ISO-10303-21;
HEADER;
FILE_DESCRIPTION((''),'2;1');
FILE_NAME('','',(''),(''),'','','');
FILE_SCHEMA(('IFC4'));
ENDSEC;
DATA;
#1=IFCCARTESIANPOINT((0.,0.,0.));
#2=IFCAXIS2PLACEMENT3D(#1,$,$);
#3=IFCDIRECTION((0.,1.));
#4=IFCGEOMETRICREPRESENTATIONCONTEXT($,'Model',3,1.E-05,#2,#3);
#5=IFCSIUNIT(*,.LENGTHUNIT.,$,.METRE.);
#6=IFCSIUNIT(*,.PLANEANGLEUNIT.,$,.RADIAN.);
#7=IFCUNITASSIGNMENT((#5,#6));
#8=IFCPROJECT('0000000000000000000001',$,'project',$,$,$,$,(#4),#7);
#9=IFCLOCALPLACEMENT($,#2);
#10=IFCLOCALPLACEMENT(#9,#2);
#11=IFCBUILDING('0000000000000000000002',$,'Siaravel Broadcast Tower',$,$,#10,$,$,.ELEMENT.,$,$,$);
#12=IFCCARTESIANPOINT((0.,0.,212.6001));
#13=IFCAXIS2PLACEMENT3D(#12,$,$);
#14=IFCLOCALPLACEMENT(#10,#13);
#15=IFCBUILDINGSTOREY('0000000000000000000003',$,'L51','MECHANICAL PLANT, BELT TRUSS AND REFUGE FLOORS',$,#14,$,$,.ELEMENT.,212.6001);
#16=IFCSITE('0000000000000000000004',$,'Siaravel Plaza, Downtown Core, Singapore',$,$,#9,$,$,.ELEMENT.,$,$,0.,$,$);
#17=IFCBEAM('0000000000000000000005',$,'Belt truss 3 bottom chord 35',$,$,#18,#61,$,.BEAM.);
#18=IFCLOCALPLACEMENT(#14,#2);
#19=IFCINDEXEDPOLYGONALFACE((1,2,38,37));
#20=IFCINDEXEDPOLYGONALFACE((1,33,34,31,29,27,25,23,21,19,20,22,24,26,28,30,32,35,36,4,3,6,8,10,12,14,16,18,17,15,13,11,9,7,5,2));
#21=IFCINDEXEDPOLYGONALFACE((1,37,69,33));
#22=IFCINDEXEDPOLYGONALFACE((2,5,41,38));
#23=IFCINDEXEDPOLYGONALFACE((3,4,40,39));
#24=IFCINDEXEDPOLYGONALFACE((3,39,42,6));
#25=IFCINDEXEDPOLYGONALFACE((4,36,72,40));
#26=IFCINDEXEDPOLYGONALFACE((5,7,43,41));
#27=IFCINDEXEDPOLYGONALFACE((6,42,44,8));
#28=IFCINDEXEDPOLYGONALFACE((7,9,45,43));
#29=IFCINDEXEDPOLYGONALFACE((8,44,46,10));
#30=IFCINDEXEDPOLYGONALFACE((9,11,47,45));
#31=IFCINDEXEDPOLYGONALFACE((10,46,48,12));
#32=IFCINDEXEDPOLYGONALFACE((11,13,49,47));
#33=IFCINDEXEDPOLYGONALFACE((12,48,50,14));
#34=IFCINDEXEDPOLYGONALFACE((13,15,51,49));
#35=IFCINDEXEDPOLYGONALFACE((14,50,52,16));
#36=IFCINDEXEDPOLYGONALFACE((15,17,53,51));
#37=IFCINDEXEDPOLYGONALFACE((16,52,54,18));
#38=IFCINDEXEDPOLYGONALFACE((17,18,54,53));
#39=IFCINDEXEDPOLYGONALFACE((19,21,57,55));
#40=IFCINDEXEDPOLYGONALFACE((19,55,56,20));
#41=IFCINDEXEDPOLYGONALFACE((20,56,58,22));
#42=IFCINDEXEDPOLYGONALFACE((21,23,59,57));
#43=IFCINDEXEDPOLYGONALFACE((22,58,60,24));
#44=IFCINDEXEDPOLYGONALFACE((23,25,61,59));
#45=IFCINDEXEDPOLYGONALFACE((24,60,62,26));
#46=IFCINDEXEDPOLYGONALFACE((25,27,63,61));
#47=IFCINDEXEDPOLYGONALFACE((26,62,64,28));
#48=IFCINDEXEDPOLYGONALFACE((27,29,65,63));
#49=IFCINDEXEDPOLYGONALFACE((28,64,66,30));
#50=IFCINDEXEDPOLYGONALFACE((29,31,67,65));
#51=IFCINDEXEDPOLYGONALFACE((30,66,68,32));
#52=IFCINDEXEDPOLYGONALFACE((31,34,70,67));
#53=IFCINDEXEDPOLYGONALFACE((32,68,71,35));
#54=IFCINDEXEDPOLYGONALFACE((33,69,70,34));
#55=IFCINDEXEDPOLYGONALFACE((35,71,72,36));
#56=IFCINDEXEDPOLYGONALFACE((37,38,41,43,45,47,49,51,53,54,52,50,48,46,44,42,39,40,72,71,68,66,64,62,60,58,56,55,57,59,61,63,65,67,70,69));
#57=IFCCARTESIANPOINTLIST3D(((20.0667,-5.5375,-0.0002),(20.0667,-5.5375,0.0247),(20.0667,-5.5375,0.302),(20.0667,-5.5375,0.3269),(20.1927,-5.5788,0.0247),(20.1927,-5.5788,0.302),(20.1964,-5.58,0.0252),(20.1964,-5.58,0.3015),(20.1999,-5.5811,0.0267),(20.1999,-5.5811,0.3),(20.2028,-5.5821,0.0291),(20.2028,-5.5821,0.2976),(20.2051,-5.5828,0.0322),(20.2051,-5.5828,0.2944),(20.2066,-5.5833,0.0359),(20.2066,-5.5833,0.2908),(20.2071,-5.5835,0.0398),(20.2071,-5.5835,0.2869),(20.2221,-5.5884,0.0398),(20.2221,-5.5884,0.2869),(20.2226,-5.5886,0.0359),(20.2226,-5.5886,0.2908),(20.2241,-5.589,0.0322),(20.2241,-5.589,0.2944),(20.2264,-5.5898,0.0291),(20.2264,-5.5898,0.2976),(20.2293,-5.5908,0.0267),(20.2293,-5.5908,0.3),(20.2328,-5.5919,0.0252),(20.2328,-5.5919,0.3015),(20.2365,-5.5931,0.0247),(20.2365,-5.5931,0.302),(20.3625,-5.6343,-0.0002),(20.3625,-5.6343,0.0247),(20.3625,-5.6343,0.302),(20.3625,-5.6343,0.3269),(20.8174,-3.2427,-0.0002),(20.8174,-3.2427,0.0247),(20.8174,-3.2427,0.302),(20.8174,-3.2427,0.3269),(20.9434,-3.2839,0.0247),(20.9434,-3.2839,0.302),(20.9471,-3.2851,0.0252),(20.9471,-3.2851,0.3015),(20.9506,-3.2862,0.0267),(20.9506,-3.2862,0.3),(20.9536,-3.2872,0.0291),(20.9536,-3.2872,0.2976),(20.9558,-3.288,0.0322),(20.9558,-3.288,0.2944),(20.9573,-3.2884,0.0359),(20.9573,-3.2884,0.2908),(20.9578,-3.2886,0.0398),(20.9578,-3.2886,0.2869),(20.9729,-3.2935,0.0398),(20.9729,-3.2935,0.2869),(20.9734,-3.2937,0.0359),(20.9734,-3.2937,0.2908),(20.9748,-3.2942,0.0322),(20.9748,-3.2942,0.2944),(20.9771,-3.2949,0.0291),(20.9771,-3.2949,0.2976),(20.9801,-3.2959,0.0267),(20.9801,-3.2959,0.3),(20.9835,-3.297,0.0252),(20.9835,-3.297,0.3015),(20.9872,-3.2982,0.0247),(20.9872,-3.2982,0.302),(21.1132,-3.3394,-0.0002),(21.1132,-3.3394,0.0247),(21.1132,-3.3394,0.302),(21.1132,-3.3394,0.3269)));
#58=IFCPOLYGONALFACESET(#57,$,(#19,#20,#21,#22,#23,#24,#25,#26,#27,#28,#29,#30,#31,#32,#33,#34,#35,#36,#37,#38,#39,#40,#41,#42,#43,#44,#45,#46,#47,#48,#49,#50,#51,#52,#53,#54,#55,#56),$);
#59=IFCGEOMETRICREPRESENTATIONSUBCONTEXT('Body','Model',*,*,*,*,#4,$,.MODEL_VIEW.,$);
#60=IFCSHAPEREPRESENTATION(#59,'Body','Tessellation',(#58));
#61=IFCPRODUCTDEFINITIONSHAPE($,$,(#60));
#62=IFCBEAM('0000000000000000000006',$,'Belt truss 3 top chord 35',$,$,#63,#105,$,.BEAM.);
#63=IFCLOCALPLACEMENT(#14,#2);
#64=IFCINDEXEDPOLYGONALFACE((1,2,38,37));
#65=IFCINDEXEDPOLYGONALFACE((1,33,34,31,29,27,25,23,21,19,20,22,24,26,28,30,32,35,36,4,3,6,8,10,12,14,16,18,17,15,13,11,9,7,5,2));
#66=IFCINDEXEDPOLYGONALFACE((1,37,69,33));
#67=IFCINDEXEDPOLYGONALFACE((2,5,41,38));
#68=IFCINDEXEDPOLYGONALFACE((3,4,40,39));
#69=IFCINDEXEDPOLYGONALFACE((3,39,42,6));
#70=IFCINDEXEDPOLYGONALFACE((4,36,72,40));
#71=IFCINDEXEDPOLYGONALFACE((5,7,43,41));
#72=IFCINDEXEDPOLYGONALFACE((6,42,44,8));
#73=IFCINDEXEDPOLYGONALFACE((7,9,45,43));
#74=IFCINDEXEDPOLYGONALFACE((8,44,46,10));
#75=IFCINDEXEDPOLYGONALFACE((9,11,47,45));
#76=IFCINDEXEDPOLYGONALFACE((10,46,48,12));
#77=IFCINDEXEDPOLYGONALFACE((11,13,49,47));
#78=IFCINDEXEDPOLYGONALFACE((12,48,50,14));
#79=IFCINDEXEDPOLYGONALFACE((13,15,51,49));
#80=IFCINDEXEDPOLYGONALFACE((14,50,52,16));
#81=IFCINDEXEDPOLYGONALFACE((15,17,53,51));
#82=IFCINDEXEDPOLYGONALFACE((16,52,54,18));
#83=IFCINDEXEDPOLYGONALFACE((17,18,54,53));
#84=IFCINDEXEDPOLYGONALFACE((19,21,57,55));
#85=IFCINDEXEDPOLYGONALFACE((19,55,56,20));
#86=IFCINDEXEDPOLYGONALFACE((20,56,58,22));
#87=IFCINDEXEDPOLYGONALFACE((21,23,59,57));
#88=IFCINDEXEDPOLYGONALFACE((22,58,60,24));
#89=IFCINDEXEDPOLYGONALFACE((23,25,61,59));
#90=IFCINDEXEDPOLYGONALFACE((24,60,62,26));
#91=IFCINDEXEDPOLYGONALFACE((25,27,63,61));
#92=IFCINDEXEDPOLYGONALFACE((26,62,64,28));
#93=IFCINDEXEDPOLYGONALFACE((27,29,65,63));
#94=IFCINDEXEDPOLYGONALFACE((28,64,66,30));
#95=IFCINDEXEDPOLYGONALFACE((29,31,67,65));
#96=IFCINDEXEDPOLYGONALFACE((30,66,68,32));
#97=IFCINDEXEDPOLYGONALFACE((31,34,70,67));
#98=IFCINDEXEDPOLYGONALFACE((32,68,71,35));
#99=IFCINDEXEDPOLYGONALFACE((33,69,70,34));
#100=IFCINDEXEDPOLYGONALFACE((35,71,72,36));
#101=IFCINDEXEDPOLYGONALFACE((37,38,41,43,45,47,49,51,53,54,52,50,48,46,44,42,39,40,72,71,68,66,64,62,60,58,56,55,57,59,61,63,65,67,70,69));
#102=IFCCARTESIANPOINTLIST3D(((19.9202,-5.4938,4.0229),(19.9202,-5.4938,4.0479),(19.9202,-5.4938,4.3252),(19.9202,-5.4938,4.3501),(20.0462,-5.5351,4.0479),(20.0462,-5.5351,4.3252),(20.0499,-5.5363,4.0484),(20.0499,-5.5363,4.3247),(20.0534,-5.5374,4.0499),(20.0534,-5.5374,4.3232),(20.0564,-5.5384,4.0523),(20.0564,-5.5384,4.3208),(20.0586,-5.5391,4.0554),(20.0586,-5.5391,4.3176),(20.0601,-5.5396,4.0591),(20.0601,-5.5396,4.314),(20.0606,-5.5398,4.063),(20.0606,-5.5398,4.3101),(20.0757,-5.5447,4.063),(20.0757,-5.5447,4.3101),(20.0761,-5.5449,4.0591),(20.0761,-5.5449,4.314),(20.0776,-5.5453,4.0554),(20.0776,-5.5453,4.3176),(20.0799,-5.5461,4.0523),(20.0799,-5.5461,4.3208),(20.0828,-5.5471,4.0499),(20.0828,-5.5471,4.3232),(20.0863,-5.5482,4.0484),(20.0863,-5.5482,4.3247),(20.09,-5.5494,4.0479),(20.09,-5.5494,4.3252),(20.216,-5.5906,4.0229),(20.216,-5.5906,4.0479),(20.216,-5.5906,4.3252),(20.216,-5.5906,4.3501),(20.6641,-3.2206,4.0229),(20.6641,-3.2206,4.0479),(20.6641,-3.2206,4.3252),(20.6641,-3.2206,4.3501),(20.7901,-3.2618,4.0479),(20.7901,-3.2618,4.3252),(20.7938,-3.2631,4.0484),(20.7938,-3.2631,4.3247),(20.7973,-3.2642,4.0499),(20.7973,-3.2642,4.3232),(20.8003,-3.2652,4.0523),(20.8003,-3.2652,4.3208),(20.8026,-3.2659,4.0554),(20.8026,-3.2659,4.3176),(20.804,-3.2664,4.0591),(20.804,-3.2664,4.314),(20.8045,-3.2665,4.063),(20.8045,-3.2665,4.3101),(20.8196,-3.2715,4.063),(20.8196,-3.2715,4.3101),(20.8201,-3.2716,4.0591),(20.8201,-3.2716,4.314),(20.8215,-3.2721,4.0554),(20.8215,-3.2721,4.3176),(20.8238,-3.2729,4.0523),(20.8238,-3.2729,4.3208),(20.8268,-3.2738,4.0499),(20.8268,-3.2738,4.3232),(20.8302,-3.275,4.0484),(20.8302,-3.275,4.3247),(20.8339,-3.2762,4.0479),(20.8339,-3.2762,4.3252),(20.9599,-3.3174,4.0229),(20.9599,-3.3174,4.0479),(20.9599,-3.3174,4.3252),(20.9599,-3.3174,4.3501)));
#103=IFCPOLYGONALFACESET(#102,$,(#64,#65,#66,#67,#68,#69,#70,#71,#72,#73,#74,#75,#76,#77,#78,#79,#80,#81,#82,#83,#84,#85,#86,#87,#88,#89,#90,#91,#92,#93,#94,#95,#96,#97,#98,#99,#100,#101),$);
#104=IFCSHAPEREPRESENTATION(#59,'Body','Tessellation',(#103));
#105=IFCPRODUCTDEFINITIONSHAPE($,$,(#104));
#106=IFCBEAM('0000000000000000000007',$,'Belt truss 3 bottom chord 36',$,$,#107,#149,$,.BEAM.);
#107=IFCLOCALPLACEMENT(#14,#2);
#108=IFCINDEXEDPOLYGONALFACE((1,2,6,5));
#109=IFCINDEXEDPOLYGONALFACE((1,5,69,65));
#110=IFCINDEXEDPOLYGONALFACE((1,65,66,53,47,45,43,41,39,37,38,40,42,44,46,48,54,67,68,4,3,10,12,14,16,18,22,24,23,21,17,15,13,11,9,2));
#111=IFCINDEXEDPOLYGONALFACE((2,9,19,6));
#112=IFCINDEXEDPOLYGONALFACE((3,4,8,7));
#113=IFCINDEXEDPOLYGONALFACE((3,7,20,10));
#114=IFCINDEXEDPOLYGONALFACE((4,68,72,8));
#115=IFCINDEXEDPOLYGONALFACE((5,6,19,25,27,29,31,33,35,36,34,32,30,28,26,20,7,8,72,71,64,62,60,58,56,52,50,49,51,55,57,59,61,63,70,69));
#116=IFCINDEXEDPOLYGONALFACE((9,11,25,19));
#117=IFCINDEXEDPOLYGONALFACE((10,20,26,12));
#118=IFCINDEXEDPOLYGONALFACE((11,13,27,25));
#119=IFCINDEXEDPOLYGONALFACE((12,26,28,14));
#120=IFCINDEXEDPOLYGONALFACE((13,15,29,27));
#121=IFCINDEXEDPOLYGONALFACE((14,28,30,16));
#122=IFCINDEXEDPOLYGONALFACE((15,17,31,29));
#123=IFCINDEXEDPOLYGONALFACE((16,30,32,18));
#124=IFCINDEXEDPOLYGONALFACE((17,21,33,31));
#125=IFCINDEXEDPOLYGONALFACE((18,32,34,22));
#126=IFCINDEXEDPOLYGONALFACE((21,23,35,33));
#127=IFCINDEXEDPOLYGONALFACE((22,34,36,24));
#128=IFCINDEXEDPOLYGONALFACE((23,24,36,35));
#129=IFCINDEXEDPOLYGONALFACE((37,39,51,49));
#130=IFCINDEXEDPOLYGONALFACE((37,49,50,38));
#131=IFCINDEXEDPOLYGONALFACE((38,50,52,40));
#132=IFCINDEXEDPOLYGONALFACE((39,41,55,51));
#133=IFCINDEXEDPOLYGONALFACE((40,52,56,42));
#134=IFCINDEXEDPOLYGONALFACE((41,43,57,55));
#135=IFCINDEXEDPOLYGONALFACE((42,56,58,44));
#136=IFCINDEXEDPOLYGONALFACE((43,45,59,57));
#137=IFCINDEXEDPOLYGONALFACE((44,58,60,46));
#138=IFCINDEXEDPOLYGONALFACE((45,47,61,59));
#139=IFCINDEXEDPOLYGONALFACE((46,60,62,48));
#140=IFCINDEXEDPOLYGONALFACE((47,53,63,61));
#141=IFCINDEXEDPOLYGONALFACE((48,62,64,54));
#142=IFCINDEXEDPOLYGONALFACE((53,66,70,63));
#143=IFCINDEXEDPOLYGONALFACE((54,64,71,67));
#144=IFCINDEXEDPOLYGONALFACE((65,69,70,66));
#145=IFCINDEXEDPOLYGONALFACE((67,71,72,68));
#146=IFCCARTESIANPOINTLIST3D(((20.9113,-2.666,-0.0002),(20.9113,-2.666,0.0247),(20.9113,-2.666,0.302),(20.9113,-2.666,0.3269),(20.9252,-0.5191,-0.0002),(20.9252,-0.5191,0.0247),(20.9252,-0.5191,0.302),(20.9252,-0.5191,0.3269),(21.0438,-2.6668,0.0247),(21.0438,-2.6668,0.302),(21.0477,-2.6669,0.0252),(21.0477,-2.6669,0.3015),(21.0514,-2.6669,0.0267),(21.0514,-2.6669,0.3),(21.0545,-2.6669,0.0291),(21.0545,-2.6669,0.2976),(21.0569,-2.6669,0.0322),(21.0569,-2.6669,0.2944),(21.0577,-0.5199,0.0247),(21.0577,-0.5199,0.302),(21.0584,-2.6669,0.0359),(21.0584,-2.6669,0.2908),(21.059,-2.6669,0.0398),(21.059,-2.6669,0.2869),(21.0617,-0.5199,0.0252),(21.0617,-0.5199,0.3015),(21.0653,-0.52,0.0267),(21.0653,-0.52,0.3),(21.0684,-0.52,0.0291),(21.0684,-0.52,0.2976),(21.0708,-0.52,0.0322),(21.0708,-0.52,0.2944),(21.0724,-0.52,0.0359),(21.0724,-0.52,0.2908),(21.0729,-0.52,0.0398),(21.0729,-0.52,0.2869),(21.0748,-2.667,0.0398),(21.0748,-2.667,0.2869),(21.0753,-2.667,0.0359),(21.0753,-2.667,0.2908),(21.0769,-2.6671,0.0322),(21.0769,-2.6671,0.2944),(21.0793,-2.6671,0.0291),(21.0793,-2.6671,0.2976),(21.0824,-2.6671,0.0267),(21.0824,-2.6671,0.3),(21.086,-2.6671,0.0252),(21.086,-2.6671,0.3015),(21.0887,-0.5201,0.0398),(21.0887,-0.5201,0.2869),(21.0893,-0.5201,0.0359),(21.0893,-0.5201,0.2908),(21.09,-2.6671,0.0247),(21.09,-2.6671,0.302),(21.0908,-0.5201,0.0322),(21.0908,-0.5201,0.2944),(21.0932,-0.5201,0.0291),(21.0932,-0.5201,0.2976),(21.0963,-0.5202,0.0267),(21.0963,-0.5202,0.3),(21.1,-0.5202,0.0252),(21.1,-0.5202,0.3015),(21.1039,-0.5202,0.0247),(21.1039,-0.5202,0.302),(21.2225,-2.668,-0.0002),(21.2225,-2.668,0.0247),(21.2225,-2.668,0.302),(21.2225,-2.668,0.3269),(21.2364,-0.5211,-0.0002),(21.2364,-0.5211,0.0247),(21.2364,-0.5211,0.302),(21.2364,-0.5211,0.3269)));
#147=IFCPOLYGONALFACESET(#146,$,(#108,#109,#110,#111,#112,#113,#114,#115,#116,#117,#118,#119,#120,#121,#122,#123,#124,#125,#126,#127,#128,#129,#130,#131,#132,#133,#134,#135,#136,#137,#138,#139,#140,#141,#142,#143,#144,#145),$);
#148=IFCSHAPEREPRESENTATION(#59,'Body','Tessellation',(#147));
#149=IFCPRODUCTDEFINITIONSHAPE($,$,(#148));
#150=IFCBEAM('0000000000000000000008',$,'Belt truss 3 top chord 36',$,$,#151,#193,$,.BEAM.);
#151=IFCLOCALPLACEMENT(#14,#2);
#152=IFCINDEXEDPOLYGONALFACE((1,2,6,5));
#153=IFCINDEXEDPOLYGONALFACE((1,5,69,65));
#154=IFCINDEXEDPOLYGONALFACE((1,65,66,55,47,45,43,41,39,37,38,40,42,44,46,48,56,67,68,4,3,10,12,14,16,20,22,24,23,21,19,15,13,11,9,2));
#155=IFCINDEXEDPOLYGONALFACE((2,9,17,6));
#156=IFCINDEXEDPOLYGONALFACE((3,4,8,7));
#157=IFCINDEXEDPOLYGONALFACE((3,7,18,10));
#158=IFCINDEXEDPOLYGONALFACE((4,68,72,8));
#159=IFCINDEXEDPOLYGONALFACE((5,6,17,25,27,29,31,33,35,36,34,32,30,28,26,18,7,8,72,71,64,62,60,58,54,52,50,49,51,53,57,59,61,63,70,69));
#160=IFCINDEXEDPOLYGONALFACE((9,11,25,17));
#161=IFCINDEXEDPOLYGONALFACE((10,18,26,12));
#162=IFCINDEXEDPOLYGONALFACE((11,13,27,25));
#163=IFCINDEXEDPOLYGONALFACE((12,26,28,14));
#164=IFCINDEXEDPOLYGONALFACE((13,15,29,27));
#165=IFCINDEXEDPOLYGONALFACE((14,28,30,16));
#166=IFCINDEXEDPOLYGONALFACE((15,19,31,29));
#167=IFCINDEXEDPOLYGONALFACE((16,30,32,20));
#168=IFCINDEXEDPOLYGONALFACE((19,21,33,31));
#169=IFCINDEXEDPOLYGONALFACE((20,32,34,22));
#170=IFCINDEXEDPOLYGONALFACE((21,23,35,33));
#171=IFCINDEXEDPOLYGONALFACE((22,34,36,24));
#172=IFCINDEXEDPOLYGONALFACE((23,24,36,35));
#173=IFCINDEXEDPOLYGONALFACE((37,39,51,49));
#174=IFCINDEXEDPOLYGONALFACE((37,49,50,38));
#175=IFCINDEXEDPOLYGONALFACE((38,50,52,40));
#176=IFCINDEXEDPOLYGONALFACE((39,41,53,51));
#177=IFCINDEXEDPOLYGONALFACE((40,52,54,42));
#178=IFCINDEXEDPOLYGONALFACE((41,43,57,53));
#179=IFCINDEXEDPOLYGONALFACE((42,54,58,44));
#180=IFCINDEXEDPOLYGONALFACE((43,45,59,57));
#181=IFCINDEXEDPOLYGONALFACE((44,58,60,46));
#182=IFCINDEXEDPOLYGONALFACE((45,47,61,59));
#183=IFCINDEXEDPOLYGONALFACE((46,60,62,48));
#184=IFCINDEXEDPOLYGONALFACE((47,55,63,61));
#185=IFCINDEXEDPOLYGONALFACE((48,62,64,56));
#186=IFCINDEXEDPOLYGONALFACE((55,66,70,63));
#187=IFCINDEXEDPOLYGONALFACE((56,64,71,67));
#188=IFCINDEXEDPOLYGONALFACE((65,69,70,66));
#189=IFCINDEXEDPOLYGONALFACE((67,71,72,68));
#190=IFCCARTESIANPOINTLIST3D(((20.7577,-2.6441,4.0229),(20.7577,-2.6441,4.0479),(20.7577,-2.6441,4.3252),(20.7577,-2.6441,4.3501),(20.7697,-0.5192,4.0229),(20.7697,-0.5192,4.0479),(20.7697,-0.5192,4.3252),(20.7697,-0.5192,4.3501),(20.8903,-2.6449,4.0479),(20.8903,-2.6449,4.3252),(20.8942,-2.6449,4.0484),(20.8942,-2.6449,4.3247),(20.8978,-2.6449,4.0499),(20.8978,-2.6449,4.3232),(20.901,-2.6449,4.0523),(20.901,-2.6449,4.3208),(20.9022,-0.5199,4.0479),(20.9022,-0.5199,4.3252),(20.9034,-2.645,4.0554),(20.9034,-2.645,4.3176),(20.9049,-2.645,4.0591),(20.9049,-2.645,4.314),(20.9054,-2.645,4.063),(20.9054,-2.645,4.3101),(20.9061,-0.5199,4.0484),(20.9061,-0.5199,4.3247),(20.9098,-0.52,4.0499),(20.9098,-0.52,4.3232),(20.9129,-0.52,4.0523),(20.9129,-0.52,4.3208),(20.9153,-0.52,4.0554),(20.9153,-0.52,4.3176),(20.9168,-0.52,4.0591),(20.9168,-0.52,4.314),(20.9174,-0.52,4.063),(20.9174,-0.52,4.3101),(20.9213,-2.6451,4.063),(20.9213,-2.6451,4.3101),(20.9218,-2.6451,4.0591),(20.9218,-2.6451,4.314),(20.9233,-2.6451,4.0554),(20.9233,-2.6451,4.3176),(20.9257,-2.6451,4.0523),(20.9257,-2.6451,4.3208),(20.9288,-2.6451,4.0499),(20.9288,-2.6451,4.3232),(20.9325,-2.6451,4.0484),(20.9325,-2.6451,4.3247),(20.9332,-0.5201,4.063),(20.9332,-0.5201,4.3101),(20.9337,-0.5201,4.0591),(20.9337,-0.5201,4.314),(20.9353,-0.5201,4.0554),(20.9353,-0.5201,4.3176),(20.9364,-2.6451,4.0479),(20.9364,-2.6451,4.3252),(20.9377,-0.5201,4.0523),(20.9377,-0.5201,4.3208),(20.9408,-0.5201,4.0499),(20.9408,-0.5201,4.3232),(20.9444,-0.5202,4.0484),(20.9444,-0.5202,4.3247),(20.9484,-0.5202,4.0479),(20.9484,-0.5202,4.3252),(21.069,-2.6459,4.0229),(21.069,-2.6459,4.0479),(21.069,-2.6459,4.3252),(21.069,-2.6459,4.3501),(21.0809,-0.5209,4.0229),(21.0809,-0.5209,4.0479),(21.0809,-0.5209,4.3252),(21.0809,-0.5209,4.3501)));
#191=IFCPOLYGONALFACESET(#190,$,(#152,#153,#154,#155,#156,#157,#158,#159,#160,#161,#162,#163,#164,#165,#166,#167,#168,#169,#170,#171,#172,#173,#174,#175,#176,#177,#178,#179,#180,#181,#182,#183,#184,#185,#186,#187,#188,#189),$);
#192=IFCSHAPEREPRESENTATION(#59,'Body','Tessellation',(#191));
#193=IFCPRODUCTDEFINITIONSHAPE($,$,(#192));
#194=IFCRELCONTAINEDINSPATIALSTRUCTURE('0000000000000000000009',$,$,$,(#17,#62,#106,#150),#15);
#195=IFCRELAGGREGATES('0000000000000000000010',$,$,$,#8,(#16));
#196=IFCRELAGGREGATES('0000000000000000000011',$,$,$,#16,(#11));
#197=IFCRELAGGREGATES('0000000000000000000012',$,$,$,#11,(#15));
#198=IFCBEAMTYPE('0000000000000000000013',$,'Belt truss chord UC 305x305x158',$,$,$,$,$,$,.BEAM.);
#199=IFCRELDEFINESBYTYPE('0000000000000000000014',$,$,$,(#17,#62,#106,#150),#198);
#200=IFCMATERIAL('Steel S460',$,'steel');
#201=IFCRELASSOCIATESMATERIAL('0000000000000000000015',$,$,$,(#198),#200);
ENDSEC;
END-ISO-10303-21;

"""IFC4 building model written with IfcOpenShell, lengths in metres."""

from ifc_helpers import new_model, si_unit, direction, frame, origin, origin_2d, place, context, subcontext, project, spatial, i_section, extrude, material, material_profile, profile_set, type_object, element, save


model = new_model("IFC4")

# Units and contexts
model_context = context("Model", 3, precision=1e-05, world=origin(), true_north=direction((0.0, 1.0)))
body_context = subcontext(model_context, "Body", "Model", "MODEL_VIEW")
ifc_project = project(units=[si_unit("LENGTHUNIT", "METRE"), si_unit("PLANEANGLEUNIT", "RADIAN")], contexts=[model_context])

# Site, building, storey
site_placement = place(None, origin())
site = spatial("IfcSite", under=ifc_project, at=site_placement, Name="Siaravel Plaza, Downtown Core, Singapore", CompositionType="ELEMENT", RefElevation=0.0)
building_placement = place(site_placement, origin())
building = spatial("IfcBuilding", under=site, at=building_placement, Name="Siaravel Broadcast Tower", CompositionType="ELEMENT")
storey_placement = place(building_placement, frame((0.0, 0.0, 212.6001)))
storey = spatial("IfcBuildingStorey", under=building, at=storey_placement, Name="L51", Description="MECHANICAL PLANT, BELT TRUSS AND REFUGE FLOORS", CompositionType="ELEMENT", Elevation=212.6001)

# Beams
ifc_material_1 = material(Name="Steel S460", Category="steel")
ifc_material_profile_1 = material_profile(ifc_material_1, i_section(OverallWidth=0.3113, OverallDepth=0.3271, WebThickness=0.0159, FlangeThickness=0.0249, FilletRadius=0.0151, at=origin_2d()))
ifc_profile_set_1 = profile_set([ifc_material_profile_1], Name="Steel S460")
beam_type_1 = type_object("IfcBeamType", Name="Belt truss chord UC 305x305x158", PredefinedType="BEAM", material=ifc_profile_set_1)
beam_1_placement = place(storey_placement, frame((20.2146, -5.5859, 0.1633), z_axis=(0.310915, 0.950438, 0.0), x_axis=(-0.950438, 0.310915, 0.0)))
element("IfcBeam", 1, at=beam_1_placement, inside=storey, type_object=beam_type_1, Name="Belt truss 3 bottom chord 35", PredefinedType="BEAM", context=body_context, shape_type="SweptSolid", body=[
    extrude(i_section(OverallWidth=0.3113, OverallDepth=0.3271, WebThickness=0.0159, FlangeThickness=0.0249, FilletRadius=0.0151, at=origin_2d()), origin(), (0.0, 0.0, 1.0), 2.4146),
])
beam_2_placement = place(storey_placement, frame((20.0681, -5.5422, 4.1865), z_axis=(0.311017, 0.950404, 0.0), x_axis=(-0.950404, 0.311017, 0.0)))
element("IfcBeam", 2, at=beam_2_placement, inside=storey, type_object=beam_type_1, Name="Belt truss 3 top chord 35", PredefinedType="BEAM", context=body_context, shape_type="SweptSolid", body=[
    extrude(i_section(OverallWidth=0.3113, OverallDepth=0.3271, WebThickness=0.0159, FlangeThickness=0.0249, FilletRadius=0.0151, at=origin_2d()), origin(), (0.0, 0.0, 1.0), 2.3918),
])
beam_3_placement = place(storey_placement, frame((21.0669, -2.667, 0.1633), z_axis=(0.006482, 0.999979, 0.0), x_axis=(-0.999979, 0.006482, 0.0)))
element("IfcBeam", 3, at=beam_3_placement, inside=storey, type_object=beam_type_1, Name="Belt truss 3 bottom chord 36", PredefinedType="BEAM", context=body_context, shape_type="SweptSolid", body=[
    extrude(i_section(OverallWidth=0.3113, OverallDepth=0.3271, WebThickness=0.0159, FlangeThickness=0.0249, FilletRadius=0.0151, at=origin_2d()), origin(), (0.0, 0.0, 1.0), 2.147),
])
beam_4_placement = place(storey_placement, frame((20.9133, -2.645, 4.1865), z_axis=(0.00563, 0.999984, 0.0), x_axis=(-0.999984, 0.00563, 0.0)))
element("IfcBeam", 4, at=beam_4_placement, inside=storey, type_object=beam_type_1, Name="Belt truss 3 top chord 36", PredefinedType="BEAM", context=body_context, shape_type="SweptSolid", body=[
    extrude(i_section(OverallWidth=0.3113, OverallDepth=0.3271, WebThickness=0.0159, FlangeThickness=0.0249, FilletRadius=0.0151, at=origin_2d()), origin(), (0.0, 0.0, 1.0), 2.125),
])

save(model, "model.ifc")
